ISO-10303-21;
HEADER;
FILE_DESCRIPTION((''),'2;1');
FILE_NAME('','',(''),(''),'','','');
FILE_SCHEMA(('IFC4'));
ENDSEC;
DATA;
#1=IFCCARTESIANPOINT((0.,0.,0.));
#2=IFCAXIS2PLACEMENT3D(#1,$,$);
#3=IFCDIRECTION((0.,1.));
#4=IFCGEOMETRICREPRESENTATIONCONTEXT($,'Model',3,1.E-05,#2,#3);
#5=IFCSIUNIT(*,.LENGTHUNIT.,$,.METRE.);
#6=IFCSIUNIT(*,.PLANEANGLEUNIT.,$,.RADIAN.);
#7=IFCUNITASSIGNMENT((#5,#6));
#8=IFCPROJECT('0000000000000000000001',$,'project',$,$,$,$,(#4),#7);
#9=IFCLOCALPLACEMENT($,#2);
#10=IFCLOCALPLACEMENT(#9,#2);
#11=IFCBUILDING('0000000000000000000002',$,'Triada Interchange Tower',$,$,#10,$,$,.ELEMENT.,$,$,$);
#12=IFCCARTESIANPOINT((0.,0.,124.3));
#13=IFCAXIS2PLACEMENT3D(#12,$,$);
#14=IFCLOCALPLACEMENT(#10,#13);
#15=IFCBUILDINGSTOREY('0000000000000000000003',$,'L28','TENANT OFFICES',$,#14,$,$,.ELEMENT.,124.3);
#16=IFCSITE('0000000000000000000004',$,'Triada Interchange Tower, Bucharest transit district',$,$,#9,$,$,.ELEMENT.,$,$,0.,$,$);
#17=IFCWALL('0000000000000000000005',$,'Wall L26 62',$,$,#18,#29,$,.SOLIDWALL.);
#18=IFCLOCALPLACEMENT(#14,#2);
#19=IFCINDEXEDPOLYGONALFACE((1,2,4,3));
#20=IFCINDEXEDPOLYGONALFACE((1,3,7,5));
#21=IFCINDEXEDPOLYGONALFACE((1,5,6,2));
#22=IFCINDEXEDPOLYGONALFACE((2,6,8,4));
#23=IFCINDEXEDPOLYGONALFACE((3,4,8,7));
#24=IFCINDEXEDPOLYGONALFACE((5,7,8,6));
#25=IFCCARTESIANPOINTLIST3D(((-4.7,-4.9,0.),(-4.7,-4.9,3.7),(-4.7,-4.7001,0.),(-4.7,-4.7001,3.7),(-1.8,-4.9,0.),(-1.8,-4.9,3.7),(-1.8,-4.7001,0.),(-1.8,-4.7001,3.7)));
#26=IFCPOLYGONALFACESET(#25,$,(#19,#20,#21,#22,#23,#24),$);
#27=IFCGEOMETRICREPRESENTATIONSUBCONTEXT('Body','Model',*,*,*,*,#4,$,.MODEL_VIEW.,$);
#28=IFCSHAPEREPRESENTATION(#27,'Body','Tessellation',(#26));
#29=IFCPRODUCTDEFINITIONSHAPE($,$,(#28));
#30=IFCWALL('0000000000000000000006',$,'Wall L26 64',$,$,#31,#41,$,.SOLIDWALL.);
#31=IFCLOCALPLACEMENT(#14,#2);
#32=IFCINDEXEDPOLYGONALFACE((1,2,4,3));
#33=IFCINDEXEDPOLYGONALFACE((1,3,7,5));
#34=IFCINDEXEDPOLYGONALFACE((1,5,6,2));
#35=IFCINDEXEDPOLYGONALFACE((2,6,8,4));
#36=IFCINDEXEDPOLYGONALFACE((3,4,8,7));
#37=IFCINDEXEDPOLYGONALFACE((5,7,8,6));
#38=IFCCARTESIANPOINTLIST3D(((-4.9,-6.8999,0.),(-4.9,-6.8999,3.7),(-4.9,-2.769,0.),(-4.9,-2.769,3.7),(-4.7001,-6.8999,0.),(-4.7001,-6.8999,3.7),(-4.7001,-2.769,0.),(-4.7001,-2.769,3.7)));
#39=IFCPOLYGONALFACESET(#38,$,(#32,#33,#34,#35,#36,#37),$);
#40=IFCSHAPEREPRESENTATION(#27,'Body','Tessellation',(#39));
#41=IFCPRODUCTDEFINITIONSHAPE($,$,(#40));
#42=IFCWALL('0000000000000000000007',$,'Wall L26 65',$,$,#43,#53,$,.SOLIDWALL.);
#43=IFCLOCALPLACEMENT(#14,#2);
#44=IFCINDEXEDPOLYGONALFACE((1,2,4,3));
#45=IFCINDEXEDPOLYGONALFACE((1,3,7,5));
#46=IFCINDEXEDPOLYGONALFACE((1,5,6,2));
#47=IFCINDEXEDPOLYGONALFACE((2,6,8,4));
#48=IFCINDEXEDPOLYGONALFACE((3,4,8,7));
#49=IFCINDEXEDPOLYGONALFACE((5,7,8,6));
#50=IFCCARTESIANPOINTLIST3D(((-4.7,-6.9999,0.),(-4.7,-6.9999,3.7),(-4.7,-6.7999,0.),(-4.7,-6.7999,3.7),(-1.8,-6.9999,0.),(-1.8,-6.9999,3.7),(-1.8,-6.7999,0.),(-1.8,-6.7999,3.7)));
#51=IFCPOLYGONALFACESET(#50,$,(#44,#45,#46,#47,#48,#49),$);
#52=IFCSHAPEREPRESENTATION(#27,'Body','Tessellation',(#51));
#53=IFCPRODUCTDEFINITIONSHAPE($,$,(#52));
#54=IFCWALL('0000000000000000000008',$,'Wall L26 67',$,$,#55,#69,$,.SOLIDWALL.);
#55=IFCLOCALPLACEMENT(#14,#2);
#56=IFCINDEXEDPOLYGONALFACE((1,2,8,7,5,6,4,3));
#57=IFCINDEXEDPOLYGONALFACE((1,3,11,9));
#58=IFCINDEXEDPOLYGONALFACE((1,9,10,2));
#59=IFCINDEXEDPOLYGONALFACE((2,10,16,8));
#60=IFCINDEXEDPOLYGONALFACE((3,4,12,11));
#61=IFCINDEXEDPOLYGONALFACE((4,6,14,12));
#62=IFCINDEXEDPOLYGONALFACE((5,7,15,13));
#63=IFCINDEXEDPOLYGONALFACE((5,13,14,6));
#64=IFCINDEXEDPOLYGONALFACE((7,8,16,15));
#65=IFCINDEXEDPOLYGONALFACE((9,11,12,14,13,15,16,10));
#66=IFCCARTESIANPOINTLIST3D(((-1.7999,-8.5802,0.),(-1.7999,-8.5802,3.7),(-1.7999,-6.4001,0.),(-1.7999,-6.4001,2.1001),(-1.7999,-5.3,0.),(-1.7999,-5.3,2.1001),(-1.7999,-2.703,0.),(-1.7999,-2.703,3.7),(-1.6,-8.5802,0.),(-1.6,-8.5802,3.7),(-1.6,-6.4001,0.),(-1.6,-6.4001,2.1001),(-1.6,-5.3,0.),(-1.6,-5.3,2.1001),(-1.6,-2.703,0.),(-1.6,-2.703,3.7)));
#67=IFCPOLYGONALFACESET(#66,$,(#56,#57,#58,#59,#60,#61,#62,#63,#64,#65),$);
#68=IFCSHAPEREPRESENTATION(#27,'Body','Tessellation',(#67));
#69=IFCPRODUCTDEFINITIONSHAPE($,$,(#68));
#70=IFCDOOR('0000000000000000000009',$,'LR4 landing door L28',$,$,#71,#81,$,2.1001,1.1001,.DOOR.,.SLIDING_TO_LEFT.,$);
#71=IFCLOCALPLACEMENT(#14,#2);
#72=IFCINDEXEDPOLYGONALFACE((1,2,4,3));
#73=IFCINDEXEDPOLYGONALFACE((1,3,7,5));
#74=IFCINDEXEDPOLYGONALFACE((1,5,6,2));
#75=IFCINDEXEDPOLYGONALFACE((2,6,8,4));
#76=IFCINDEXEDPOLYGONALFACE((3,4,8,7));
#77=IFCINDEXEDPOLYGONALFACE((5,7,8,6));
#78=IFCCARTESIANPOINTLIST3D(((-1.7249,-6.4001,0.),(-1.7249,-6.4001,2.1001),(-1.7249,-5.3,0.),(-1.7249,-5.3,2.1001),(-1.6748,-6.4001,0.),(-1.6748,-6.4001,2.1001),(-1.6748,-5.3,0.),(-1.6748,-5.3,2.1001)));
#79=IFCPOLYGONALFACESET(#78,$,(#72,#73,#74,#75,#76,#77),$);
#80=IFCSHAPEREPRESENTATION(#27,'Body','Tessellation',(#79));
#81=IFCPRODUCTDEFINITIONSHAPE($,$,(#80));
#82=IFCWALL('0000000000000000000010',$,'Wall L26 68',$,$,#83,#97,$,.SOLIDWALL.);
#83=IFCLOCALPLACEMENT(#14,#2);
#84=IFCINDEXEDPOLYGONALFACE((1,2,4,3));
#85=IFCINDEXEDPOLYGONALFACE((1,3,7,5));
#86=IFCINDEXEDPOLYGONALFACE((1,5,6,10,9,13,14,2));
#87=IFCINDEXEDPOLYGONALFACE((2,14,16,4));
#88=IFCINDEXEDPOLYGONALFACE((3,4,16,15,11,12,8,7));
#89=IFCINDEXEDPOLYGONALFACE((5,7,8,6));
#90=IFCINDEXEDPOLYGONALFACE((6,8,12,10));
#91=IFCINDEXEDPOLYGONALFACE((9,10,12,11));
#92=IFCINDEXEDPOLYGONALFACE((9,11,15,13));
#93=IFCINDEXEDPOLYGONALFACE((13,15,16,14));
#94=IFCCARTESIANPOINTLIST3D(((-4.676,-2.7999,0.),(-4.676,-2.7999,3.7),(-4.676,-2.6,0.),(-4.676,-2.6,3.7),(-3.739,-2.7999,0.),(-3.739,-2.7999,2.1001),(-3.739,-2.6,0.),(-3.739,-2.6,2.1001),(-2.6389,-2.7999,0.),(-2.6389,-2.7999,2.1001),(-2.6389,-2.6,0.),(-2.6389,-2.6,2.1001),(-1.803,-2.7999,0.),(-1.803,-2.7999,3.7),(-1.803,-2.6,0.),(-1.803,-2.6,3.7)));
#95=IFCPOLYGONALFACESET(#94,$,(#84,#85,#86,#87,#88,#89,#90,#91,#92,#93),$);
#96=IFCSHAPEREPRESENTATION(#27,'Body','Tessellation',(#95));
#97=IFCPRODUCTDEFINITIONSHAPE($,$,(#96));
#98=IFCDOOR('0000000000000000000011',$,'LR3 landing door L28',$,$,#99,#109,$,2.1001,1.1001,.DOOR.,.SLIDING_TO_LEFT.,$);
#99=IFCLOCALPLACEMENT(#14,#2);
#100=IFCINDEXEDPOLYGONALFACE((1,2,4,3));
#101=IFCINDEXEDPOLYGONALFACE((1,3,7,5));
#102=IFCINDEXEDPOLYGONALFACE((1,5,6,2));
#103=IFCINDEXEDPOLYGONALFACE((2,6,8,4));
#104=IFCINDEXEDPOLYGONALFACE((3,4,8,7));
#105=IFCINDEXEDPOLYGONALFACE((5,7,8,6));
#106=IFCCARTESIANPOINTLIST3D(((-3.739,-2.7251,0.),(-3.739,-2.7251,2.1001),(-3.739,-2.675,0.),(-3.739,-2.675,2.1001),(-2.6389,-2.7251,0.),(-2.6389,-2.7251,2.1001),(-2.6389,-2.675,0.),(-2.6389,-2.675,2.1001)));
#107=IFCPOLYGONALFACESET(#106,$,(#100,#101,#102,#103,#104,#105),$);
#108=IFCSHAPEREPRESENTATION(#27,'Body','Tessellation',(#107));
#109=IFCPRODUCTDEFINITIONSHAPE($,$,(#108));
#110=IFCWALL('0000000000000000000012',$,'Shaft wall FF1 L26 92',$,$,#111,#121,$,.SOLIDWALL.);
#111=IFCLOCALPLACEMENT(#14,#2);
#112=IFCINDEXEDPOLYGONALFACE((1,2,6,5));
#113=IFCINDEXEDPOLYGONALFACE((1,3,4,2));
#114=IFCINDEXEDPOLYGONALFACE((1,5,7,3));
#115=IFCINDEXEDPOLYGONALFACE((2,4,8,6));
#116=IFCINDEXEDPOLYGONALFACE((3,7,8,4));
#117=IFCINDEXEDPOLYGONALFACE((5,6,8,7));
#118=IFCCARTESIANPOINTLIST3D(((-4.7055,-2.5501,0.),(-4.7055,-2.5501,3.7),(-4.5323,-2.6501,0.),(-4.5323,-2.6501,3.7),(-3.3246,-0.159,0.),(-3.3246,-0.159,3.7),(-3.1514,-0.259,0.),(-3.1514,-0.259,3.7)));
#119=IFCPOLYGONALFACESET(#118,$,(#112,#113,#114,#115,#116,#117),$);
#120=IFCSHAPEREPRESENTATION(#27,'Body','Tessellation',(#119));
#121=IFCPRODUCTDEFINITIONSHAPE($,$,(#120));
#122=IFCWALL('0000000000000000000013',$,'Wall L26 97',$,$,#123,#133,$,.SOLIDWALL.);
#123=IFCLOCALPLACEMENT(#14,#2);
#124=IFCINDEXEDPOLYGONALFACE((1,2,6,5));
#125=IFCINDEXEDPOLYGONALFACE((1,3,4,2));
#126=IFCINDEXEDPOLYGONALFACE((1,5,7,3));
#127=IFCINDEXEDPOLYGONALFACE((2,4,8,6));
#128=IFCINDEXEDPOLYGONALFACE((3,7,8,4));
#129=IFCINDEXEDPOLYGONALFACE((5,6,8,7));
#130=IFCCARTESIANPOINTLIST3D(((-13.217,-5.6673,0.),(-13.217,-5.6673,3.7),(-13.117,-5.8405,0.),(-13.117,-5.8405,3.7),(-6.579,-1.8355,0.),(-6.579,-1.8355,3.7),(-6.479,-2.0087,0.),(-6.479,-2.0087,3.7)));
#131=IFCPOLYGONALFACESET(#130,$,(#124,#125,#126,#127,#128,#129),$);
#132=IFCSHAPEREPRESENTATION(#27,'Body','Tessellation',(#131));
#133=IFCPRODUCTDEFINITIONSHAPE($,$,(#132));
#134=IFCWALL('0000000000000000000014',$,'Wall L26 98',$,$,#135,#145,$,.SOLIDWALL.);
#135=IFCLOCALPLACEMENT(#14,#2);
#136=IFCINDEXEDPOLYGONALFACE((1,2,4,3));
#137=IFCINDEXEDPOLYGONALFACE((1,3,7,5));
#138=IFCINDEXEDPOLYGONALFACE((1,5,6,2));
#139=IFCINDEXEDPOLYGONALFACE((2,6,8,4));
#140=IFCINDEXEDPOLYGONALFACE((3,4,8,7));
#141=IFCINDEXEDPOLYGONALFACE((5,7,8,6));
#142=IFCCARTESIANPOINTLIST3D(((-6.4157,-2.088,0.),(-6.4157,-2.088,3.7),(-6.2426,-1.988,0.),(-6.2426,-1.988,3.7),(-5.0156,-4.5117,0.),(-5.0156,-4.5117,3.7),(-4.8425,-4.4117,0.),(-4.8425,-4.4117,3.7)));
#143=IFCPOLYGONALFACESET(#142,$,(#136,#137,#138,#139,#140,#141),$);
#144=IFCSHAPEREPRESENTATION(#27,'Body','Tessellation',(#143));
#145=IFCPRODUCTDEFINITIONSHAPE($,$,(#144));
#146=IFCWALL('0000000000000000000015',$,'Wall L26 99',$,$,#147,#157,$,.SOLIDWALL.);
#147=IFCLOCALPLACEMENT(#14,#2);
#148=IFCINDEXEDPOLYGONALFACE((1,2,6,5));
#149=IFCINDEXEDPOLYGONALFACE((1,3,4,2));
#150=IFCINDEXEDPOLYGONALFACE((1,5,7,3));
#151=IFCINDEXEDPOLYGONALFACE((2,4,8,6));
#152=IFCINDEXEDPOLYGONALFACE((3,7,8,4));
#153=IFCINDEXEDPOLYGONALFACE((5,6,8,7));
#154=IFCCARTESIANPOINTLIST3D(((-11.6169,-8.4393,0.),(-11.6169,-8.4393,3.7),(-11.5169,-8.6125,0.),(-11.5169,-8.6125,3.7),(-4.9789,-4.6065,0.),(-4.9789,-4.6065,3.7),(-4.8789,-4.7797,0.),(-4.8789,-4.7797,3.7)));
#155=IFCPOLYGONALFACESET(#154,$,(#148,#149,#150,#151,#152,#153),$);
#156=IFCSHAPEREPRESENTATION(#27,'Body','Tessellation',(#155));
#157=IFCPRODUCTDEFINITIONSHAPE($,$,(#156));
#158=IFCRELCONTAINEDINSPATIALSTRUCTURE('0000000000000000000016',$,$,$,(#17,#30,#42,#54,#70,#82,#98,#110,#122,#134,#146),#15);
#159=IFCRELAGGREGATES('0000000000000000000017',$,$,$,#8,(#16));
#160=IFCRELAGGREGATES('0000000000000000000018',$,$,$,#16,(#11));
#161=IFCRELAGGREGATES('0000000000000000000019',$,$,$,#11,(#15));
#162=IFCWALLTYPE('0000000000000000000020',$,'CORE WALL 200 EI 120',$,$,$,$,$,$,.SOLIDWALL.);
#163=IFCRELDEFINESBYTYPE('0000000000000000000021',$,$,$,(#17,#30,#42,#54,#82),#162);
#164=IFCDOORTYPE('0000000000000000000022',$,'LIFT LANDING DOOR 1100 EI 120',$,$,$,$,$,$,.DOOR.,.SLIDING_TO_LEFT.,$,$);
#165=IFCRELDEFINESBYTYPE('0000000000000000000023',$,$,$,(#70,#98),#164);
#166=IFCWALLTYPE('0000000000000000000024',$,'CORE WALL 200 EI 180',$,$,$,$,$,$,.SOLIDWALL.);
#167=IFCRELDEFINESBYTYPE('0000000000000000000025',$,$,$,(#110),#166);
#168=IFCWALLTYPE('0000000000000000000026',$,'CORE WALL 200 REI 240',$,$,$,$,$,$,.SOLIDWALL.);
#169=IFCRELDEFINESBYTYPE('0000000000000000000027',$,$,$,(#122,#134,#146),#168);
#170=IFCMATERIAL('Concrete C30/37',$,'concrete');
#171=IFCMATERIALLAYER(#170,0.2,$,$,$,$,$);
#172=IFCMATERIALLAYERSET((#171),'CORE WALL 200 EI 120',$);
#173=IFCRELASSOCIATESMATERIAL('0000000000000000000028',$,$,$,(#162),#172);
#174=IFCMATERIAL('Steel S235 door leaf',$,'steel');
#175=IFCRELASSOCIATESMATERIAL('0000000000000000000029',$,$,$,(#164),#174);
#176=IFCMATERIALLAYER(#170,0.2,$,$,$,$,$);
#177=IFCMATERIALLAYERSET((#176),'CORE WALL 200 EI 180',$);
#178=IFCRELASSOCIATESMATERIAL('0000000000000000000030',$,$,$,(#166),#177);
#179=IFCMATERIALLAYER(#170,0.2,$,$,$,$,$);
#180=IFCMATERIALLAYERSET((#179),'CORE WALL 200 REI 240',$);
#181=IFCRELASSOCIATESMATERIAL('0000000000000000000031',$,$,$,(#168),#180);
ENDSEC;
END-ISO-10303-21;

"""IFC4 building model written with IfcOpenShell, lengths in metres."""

from ifc_helpers import new_model, si_unit, direction, frame, frame_2d, origin, place, context, subcontext, project, spatial, rectangle, extrude, material, layer, layer_set, type_object, element, fill, save


model = new_model("IFC4")

# Units and contexts
model_context = context("Model", 3, precision=1e-05, world=origin(), true_north=direction((0.0, 1.0)))
body_context = subcontext(model_context, "Body", "Model", "MODEL_VIEW")
ifc_project = project(units=[si_unit("LENGTHUNIT", "METRE"), si_unit("PLANEANGLEUNIT", "RADIAN")], contexts=[model_context])

# Site, building, storey
site_placement = place(None, origin())
site = spatial("IfcSite", under=ifc_project, at=site_placement, Name="Triada Interchange Tower, Bucharest transit district", CompositionType="ELEMENT", RefElevation=0.0)
building_placement = place(site_placement, origin())
building = spatial("IfcBuilding", under=site, at=building_placement, Name="Triada Interchange Tower", CompositionType="ELEMENT")
storey_placement = place(building_placement, frame((0.0, 0.0, 124.3)))
storey = spatial("IfcBuildingStorey", under=building, at=storey_placement, Name="L28", Description="TENANT OFFICES", CompositionType="ELEMENT", Elevation=124.3)

# Walls
ifc_material_1 = material(Name="Concrete C30/37", Category="concrete")
ifc_layer_1 = layer(ifc_material_1, 0.2)
ifc_layer_set_1 = layer_set([ifc_layer_1], Name="CORE WALL 200 EI 120")
wall_type_1 = type_object("IfcWallType", Name="CORE WALL 200 EI 120", PredefinedType="SOLIDWALL", material=ifc_layer_set_1)
wall_1_placement = place(storey_placement, frame((-4.7, -4.8, 0.0), z_axis=(0.0, 0.0, 1.0), x_axis=(1.0, 0.0, 0.0)))
element("IfcWall", 1, at=wall_1_placement, inside=storey, type_object=wall_type_1, Name="Wall L26 62", PredefinedType="SOLIDWALL", context=body_context, shape_type="SweptSolid", body=[
    extrude(rectangle(XDim=2.8999, YDim=0.2, at=frame_2d((1.45, 0.0))), origin(), (0.0, 0.0, 1.0), 3.7),
])
wall_2_placement = place(storey_placement, frame((-4.8, -6.8999, 0.0), z_axis=(0.0, 0.0, 1.0), x_axis=(0.0, 1.0, 0.0)))
element("IfcWall", 2, at=wall_2_placement, inside=storey, type_object=wall_type_1, Name="Wall L26 64", PredefinedType="SOLIDWALL", context=body_context, shape_type="SweptSolid", body=[
    extrude(rectangle(XDim=4.1309, YDim=0.2, at=frame_2d((2.0654, 0.0))), origin(), (0.0, 0.0, 1.0), 3.7),
])
wall_3_placement = place(storey_placement, frame((-4.7, -6.8999, 0.0), z_axis=(0.0, 0.0, 1.0), x_axis=(1.0, 0.0, 0.0)))
element("IfcWall", 3, at=wall_3_placement, inside=storey, type_object=wall_type_1, Name="Wall L26 65", PredefinedType="SOLIDWALL", context=body_context, shape_type="SweptSolid", body=[
    extrude(rectangle(XDim=2.8999, YDim=0.2, at=frame_2d((1.45, 0.0))), origin(), (0.0, 0.0, 1.0), 3.7),
])

# Walls, openings, doors
wall_4_placement = place(storey_placement, frame((-1.7, -8.5801, 0.0), z_axis=(0.0, 0.0, 1.0), x_axis=(0.0, 1.0, 0.0)))
wall_4 = element("IfcWall", 4, at=wall_4_placement, inside=storey, type_object=wall_type_1, Name="Wall L26 67", PredefinedType="SOLIDWALL", context=body_context, shape_type="SweptSolid", body=[
    extrude(rectangle(XDim=5.8772, YDim=0.2, at=frame_2d((2.9385, 0.0))), origin(), (0.0, 0.0, 1.0), 3.7),
])
opening_1_placement = place(wall_4_placement, frame((2.1799, 0.0, 0.0)))
opening_1 = element("IfcOpeningElement", 5, at=opening_1_placement, cuts=wall_4, PredefinedType="OPENING", context=body_context, shape_type="SweptSolid", body=[
    extrude(rectangle(XDim=1.1001, YDim=2.1001, at=frame_2d((0.55, 1.05))), frame((0.0, 0.1099, 0.0), z_axis=(0.0, -1.0, 0.0), x_axis=(1.0, 0.0, 0.0)), (0.0, 0.0, 1.0), 0.22),
])
ifc_material_2 = material(Name="Steel S235 door leaf", Category="steel")
door_type_1 = type_object("IfcDoorType", Name="LIFT LANDING DOOR 1100 EI 120", OperationType="SLIDING_TO_LEFT", PredefinedType="DOOR", material=ifc_material_2)
door_1_placement = place(opening_1_placement, origin())
door_1 = element("IfcDoor", 6, at=door_1_placement, inside=storey, type_object=door_type_1, Name="LR4 landing door L28", OperationType="SLIDING_TO_LEFT", OverallHeight=2.1001, OverallWidth=1.1001, PredefinedType="DOOR", context=body_context, shape_type="SweptSolid", body=[
    extrude(rectangle(XDim=1.1001, YDim=2.1001, at=frame_2d((0.55, 1.05))), frame((0.0, 0.0249, 0.0), z_axis=(0.0, -1.0, 0.0), x_axis=(1.0, 0.0, 0.0)), (0.0, 0.0, 1.0), 0.05),
])
fill(opening_1, door_1)
wall_5_placement = place(storey_placement, frame((-4.676, -2.7, 0.0), z_axis=(0.0, 0.0, 1.0), x_axis=(1.0, 0.0, 0.0)))
wall_5 = element("IfcWall", 7, at=wall_5_placement, inside=storey, type_object=wall_type_1, Name="Wall L26 68", PredefinedType="SOLIDWALL", context=body_context, shape_type="SweptSolid", body=[
    extrude(rectangle(XDim=2.873, YDim=0.2, at=frame_2d((1.4365, 0.0))), origin(), (0.0, 0.0, 1.0), 3.7),
])
opening_2_placement = place(wall_5_placement, frame((0.937, 0.0, 0.0)))
opening_2 = element("IfcOpeningElement", 8, at=opening_2_placement, cuts=wall_5, PredefinedType="OPENING", context=body_context, shape_type="SweptSolid", body=[
    extrude(rectangle(XDim=1.1001, YDim=2.1001, at=frame_2d((0.55, 1.05))), frame((0.0, 0.1099, 0.0), z_axis=(0.0, -1.0, 0.0), x_axis=(1.0, 0.0, 0.0)), (0.0, 0.0, 1.0), 0.22),
])
door_2_placement = place(opening_2_placement, origin())
door_2 = element("IfcDoor", 9, at=door_2_placement, inside=storey, type_object=door_type_1, Name="LR3 landing door L28", OperationType="SLIDING_TO_LEFT", OverallHeight=2.1001, OverallWidth=1.1001, PredefinedType="DOOR", context=body_context, shape_type="SweptSolid", body=[
    extrude(rectangle(XDim=1.1001, YDim=2.1001, at=frame_2d((0.55, 1.05))), frame((0.0, 0.0249, 0.0), z_axis=(0.0, -1.0, 0.0), x_axis=(1.0, 0.0, 0.0)), (0.0, 0.0, 1.0), 0.05),
])
fill(opening_2, door_2)

# Walls
ifc_layer_2 = layer(ifc_material_1, 0.2)
ifc_layer_set_2 = layer_set([ifc_layer_2], Name="CORE WALL 200 EI 180")
wall_type_2 = type_object("IfcWallType", Name="CORE WALL 200 EI 180", PredefinedType="SOLIDWALL", material=ifc_layer_set_2)
wall_6_placement = place(storey_placement, frame((-4.6189, -2.6001, 0.0), z_axis=(0.0, 0.0, 1.0), x_axis=(0.500095, 0.865971, 0.0)))
element("IfcWall", 10, at=wall_6_placement, inside=storey, type_object=wall_type_2, Name="Shaft wall FF1 L26 92", PredefinedType="SOLIDWALL", context=body_context, shape_type="SweptSolid", body=[
    extrude(rectangle(XDim=2.7612, YDim=0.2, at=frame_2d((1.3806, 0.0))), origin(), (0.0, 0.0, 1.0), 3.7),
])
ifc_layer_3 = layer(ifc_material_1, 0.2)
ifc_layer_set_3 = layer_set([ifc_layer_3], Name="CORE WALL 200 REI 240")
wall_type_3 = type_object("IfcWallType", Name="CORE WALL 200 REI 240", PredefinedType="SOLIDWALL", material=ifc_layer_set_3)
wall_7_placement = place(storey_placement, frame((-13.167, -5.7539, 0.0), z_axis=(0.0, 0.0, 1.0), x_axis=(0.866061, 0.499938, 0.0)))
element("IfcWall", 11, at=wall_7_placement, inside=storey, type_object=wall_type_3, Name="Wall L26 97", PredefinedType="SOLIDWALL", context=body_context, shape_type="SweptSolid", body=[
    extrude(rectangle(XDim=7.6646, YDim=0.2, at=frame_2d((3.8323, 0.0))), origin(), (0.0, 0.0, 1.0), 3.7),
])
wall_8_placement = place(storey_placement, frame((-6.3291, -2.0381, 0.0), z_axis=(0.0, 0.0, 1.0), x_axis=(0.500201, -0.86591, 0.0)))
element("IfcWall", 12, at=wall_8_placement, inside=storey, type_object=wall_type_3, Name="Wall L26 98", PredefinedType="SOLIDWALL", context=body_context, shape_type="SweptSolid", body=[
    extrude(rectangle(XDim=2.7991, YDim=0.2, at=frame_2d((1.3994, 0.0))), origin(), (0.0, 0.0, 1.0), 3.7),
])
wall_9_placement = place(storey_placement, frame((-11.5669, -8.5259, 0.0), z_axis=(0.0, 0.0, 1.0), x_axis=(0.866006, 0.500034, 0.0)))
element("IfcWall", 13, at=wall_9_placement, inside=storey, type_object=wall_type_3, Name="Wall L26 99", PredefinedType="SOLIDWALL", context=body_context, shape_type="SweptSolid", body=[
    extrude(rectangle(XDim=7.665, YDim=0.2, at=frame_2d((3.8325, 0.0))), origin(), (0.0, 0.0, 1.0), 3.7),
])

save(model, "model.ifc")
